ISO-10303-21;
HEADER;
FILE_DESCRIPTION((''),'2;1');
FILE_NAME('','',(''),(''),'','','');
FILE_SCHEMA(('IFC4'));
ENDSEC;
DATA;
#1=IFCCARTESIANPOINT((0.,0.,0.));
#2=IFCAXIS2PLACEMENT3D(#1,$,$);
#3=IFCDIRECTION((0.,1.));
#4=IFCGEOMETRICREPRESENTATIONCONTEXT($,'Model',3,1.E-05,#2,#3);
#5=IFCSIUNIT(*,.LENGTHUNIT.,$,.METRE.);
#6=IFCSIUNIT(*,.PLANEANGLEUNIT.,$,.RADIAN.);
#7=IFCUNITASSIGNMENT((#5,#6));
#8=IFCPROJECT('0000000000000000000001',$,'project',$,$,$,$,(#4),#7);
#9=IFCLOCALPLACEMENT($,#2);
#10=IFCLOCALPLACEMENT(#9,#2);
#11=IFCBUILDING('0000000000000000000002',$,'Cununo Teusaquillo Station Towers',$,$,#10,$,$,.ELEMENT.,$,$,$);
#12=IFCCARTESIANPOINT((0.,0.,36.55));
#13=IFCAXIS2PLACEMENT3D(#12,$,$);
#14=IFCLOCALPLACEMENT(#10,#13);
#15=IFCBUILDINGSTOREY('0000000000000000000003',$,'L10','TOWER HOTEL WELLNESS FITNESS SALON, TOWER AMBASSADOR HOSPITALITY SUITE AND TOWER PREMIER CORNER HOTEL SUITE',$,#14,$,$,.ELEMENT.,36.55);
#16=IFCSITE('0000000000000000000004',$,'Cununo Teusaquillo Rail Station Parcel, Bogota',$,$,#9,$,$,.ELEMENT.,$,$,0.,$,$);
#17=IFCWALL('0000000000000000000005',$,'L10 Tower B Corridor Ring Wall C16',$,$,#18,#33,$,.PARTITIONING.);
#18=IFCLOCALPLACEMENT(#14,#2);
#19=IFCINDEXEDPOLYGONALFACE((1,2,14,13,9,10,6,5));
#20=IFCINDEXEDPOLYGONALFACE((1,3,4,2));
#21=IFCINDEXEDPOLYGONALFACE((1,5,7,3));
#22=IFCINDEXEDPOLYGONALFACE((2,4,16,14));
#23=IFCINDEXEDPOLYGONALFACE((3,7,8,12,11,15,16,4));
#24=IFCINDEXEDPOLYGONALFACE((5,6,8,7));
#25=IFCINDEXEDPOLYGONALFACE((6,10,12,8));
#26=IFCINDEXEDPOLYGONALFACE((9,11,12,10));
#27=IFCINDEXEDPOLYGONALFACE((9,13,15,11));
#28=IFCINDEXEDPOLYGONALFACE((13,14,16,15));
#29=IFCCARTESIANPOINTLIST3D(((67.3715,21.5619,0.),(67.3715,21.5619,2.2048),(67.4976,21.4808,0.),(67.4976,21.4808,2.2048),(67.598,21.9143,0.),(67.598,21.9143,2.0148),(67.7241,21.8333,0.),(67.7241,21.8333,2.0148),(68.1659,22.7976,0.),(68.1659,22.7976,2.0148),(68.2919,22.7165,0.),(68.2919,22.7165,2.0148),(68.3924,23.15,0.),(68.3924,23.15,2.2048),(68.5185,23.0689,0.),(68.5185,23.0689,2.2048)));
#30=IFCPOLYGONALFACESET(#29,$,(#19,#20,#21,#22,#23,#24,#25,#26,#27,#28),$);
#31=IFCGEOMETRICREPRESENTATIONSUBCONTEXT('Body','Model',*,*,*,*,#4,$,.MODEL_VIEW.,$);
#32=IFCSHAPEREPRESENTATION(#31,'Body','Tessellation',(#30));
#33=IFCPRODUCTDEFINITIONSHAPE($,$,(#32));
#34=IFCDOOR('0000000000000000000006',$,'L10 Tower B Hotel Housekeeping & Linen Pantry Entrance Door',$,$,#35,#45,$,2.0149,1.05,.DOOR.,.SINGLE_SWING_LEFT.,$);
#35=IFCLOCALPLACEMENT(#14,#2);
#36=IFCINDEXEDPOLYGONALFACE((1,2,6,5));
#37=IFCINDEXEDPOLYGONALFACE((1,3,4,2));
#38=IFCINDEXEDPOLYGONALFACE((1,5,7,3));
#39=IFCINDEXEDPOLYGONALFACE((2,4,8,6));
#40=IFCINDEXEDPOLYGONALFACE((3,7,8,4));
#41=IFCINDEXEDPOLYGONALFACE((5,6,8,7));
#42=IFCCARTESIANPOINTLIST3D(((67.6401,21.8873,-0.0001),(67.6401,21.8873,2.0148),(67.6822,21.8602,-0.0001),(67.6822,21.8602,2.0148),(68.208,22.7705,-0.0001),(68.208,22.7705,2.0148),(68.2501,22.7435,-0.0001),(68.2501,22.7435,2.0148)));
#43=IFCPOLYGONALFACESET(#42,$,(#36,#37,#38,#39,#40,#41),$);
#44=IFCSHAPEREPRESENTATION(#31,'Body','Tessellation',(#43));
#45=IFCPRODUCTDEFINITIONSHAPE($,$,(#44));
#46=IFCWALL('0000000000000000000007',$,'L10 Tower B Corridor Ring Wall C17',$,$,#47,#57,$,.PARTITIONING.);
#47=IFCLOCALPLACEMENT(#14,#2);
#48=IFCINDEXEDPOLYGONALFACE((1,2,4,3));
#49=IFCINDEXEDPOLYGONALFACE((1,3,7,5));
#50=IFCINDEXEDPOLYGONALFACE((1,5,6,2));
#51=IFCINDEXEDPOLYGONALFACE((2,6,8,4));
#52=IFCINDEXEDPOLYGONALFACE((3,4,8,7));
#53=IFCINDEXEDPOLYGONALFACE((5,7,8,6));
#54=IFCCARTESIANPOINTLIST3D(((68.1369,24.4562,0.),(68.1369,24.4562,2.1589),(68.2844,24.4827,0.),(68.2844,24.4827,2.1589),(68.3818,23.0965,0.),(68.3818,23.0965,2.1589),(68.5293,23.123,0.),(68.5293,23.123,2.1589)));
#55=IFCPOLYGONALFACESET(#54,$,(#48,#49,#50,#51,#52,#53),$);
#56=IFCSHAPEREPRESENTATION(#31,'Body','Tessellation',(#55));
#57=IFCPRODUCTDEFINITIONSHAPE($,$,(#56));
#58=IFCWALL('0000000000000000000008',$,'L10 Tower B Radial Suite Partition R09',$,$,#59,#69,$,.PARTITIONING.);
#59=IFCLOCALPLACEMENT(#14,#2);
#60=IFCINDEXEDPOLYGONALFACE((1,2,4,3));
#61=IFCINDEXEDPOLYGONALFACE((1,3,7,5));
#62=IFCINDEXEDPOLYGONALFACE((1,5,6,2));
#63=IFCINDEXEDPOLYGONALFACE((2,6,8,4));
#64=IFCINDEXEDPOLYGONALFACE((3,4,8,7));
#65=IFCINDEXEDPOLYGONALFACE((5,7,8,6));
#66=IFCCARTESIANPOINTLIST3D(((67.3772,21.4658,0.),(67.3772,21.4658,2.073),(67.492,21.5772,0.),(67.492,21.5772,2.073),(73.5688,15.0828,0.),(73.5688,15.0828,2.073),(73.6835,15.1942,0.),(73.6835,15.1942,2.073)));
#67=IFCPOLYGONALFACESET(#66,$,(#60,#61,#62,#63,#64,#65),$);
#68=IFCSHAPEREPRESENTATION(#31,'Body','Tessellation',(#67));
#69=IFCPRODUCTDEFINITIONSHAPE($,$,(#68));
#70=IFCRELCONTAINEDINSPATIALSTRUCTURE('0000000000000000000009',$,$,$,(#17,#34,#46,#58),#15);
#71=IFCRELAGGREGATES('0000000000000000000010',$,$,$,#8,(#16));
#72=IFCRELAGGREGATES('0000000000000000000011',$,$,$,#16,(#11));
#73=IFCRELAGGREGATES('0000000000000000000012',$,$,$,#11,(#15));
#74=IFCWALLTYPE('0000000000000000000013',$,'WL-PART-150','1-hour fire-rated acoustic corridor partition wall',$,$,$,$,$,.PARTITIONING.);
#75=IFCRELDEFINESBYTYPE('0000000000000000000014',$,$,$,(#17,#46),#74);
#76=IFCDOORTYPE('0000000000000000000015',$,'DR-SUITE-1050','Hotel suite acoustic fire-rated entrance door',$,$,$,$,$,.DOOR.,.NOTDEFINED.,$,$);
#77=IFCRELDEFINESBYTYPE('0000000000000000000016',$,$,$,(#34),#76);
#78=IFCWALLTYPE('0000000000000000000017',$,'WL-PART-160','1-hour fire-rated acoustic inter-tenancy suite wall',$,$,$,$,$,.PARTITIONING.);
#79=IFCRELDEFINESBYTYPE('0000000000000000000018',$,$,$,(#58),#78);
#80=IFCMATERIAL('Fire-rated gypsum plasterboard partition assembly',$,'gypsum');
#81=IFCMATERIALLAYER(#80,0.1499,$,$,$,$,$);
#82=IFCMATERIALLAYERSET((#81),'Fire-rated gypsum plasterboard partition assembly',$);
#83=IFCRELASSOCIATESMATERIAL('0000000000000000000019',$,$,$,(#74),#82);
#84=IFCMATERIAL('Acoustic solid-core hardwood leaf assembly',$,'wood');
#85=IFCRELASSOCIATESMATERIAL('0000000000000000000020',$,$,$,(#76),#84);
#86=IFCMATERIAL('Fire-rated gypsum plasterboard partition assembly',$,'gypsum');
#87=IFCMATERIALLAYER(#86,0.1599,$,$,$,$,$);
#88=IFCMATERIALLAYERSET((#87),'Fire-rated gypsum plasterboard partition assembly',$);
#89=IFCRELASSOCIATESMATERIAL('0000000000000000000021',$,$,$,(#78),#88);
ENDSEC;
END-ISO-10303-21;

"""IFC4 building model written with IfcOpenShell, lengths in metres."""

from ifc_helpers import new_model, si_unit, direction, frame, frame_2d, origin, place, context, subcontext, project, spatial, rectangle, extrude, source, transform, mapped, material, layer, layer_set, type_object, element, fill, save


model = new_model("IFC4")

# Units and contexts
model_context = context("Model", 3, precision=1e-05, world=origin(), true_north=direction((0.0, 1.0)))
body_context = subcontext(model_context, "Body", "Model", "MODEL_VIEW")
ifc_project = project(units=[si_unit("LENGTHUNIT", "METRE"), si_unit("PLANEANGLEUNIT", "RADIAN")], contexts=[model_context])

# Site, building, storey
site_placement = place(None, origin())
site = spatial("IfcSite", under=ifc_project, at=site_placement, Name="Cununo Teusaquillo Rail Station Parcel, Bogota", CompositionType="ELEMENT", RefElevation=0.0)
building_placement = place(site_placement, origin())
building = spatial("IfcBuilding", under=site, at=building_placement, Name="Cununo Teusaquillo Station Towers", CompositionType="ELEMENT")
storey_placement = place(building_placement, frame((0.0, 0.0, 36.55)))
storey = spatial("IfcBuildingStorey", under=building, at=storey_placement, Name="L10", Description="TOWER HOTEL WELLNESS FITNESS SALON, TOWER AMBASSADOR HOSPITALITY SUITE AND TOWER PREMIER CORNER HOTEL SUITE", CompositionType="ELEMENT", Elevation=36.55)

# Wall, opening, door
ifc_material_1 = material(Name="Fire-rated gypsum plasterboard partition assembly", Category="gypsum")
ifc_layer_1 = layer(ifc_material_1, 0.1499)
ifc_layer_set_1 = layer_set([ifc_layer_1], Name="Fire-rated gypsum plasterboard partition assembly")
wall_type_1 = type_object("IfcWallType", Name="WL-PART-150", Description="1-hour fire-rated acoustic corridor partition wall", PredefinedType="PARTITIONING", material=ifc_layer_set_1)
wall_1_placement = place(storey_placement, frame((67.4346, 21.5215, 0.0), z_axis=(0.0, 0.0, 1.0), x_axis=(0.540777, 0.841166, 0.0)))
wall_1 = element("IfcWall", 1, at=wall_1_placement, inside=storey, type_object=wall_type_1, Name="L10 Tower B Corridor Ring Wall C16", PredefinedType="PARTITIONING", context=body_context, shape_type="SweptSolid", body=[
    extrude(rectangle(XDim=1.8879, YDim=0.1499, at=frame_2d((0.9438, 0.0))), origin(), (0.0, 0.0, 1.0), 2.2048),
])
shared_shape_1 = source(origin(), body_context, "Body", "SweptSolid", [
    extrude(rectangle(XDim=1.05, YDim=2.0149, at=frame_2d((0.5249, 1.0073))), frame((0.0, 0.085, 0.0), z_axis=(0.0, -1.0, 0.0), x_axis=(1.0, 0.0, 0.0)), (0.0, 0.0, 1.0), 0.1699),
])
opening_1_placement = place(wall_1_placement, frame((0.4189, 0.0, 0.0)))
opening_1 = element("IfcOpeningElement", 2, at=opening_1_placement, cuts=wall_1, PredefinedType="OPENING", context=body_context, shape_type="MappedRepresentation", body=[
    mapped(shared_shape_1, transform((0.0, 0.0, 0.0), x_axis=(1.0, 0.0, 0.0), y_axis=(0.0, 1.0, 0.0), z_axis=(0.0, 0.0, 1.0), scale=1.0)),
])
ifc_material_2 = material(Name="Acoustic solid-core hardwood leaf assembly", Category="wood")
door_type_1 = type_object("IfcDoorType", Name="DR-SUITE-1050", Description="Hotel suite acoustic fire-rated entrance door", OperationType="NOTDEFINED", PredefinedType="DOOR", material=ifc_material_2)
shared_shape_2 = source(origin(), body_context, "Body", "SweptSolid", [
    extrude(rectangle(XDim=1.05, YDim=2.0149, at=frame_2d((0.5249, 1.0073))), frame((0.0, 0.0249, 0.0), z_axis=(0.0, -1.0, 0.0), x_axis=(1.0, 0.0, 0.0)), (0.0, 0.0, 1.0), 0.05),
])
door_1_placement = place(opening_1_placement, origin())
door_1 = element("IfcDoor", 3, at=door_1_placement, inside=storey, type_object=door_type_1, Name="L10 Tower B Hotel Housekeeping & Linen Pantry Entrance Door", OperationType="SINGLE_SWING_LEFT", OverallHeight=2.0149, OverallWidth=1.05, PredefinedType="DOOR", context=body_context, shape_type="MappedRepresentation", body=[
    mapped(shared_shape_2, transform((0.0, 0.0, 0.0), x_axis=(1.0, 0.0, 0.0), y_axis=(0.0, 1.0, 0.0), z_axis=(0.0, 0.0, 1.0), scale=1.0)),
])
fill(opening_1, door_1)

# Walls
wall_2_placement = place(storey_placement, frame((68.4556, 23.1096, 0.0), z_axis=(0.0, 0.0, 1.0), x_axis=(-0.177252, 0.984165, 0.0)))
element("IfcWall", 4, at=wall_2_placement, inside=storey, type_object=wall_type_1, Name="L10 Tower B Corridor Ring Wall C17", PredefinedType="PARTITIONING", context=body_context, shape_type="SweptSolid", body=[
    extrude(rectangle(XDim=1.3816, YDim=0.1499, at=frame_2d((0.6909, 0.0))), origin(), (0.0, 0.0, 1.0), 2.1589),
])
ifc_material_3 = material(Name="Fire-rated gypsum plasterboard partition assembly", Category="gypsum")
ifc_layer_2 = layer(ifc_material_3, 0.1599)
ifc_layer_set_2 = layer_set([ifc_layer_2], Name="Fire-rated gypsum plasterboard partition assembly")
wall_type_2 = type_object("IfcWallType", Name="WL-PART-160", Description="1-hour fire-rated acoustic inter-tenancy suite wall", PredefinedType="PARTITIONING", material=ifc_layer_set_2)
wall_3_placement = place(storey_placement, frame((67.4346, 21.5215, 0.0), z_axis=(0.0, 0.0, 1.0), x_axis=(0.696263, -0.717787, 0.0)))
element("IfcWall", 5, at=wall_3_placement, inside=storey, type_object=wall_type_2, Name="L10 Tower B Radial Suite Partition R09", PredefinedType="PARTITIONING", context=body_context, shape_type="SweptSolid", body=[
    extrude(rectangle(XDim=8.8926, YDim=0.1599, at=frame_2d((4.4463, 0.0))), origin(), (0.0, 0.0, 1.0), 2.073),
])

save(model, "model.ifc")
